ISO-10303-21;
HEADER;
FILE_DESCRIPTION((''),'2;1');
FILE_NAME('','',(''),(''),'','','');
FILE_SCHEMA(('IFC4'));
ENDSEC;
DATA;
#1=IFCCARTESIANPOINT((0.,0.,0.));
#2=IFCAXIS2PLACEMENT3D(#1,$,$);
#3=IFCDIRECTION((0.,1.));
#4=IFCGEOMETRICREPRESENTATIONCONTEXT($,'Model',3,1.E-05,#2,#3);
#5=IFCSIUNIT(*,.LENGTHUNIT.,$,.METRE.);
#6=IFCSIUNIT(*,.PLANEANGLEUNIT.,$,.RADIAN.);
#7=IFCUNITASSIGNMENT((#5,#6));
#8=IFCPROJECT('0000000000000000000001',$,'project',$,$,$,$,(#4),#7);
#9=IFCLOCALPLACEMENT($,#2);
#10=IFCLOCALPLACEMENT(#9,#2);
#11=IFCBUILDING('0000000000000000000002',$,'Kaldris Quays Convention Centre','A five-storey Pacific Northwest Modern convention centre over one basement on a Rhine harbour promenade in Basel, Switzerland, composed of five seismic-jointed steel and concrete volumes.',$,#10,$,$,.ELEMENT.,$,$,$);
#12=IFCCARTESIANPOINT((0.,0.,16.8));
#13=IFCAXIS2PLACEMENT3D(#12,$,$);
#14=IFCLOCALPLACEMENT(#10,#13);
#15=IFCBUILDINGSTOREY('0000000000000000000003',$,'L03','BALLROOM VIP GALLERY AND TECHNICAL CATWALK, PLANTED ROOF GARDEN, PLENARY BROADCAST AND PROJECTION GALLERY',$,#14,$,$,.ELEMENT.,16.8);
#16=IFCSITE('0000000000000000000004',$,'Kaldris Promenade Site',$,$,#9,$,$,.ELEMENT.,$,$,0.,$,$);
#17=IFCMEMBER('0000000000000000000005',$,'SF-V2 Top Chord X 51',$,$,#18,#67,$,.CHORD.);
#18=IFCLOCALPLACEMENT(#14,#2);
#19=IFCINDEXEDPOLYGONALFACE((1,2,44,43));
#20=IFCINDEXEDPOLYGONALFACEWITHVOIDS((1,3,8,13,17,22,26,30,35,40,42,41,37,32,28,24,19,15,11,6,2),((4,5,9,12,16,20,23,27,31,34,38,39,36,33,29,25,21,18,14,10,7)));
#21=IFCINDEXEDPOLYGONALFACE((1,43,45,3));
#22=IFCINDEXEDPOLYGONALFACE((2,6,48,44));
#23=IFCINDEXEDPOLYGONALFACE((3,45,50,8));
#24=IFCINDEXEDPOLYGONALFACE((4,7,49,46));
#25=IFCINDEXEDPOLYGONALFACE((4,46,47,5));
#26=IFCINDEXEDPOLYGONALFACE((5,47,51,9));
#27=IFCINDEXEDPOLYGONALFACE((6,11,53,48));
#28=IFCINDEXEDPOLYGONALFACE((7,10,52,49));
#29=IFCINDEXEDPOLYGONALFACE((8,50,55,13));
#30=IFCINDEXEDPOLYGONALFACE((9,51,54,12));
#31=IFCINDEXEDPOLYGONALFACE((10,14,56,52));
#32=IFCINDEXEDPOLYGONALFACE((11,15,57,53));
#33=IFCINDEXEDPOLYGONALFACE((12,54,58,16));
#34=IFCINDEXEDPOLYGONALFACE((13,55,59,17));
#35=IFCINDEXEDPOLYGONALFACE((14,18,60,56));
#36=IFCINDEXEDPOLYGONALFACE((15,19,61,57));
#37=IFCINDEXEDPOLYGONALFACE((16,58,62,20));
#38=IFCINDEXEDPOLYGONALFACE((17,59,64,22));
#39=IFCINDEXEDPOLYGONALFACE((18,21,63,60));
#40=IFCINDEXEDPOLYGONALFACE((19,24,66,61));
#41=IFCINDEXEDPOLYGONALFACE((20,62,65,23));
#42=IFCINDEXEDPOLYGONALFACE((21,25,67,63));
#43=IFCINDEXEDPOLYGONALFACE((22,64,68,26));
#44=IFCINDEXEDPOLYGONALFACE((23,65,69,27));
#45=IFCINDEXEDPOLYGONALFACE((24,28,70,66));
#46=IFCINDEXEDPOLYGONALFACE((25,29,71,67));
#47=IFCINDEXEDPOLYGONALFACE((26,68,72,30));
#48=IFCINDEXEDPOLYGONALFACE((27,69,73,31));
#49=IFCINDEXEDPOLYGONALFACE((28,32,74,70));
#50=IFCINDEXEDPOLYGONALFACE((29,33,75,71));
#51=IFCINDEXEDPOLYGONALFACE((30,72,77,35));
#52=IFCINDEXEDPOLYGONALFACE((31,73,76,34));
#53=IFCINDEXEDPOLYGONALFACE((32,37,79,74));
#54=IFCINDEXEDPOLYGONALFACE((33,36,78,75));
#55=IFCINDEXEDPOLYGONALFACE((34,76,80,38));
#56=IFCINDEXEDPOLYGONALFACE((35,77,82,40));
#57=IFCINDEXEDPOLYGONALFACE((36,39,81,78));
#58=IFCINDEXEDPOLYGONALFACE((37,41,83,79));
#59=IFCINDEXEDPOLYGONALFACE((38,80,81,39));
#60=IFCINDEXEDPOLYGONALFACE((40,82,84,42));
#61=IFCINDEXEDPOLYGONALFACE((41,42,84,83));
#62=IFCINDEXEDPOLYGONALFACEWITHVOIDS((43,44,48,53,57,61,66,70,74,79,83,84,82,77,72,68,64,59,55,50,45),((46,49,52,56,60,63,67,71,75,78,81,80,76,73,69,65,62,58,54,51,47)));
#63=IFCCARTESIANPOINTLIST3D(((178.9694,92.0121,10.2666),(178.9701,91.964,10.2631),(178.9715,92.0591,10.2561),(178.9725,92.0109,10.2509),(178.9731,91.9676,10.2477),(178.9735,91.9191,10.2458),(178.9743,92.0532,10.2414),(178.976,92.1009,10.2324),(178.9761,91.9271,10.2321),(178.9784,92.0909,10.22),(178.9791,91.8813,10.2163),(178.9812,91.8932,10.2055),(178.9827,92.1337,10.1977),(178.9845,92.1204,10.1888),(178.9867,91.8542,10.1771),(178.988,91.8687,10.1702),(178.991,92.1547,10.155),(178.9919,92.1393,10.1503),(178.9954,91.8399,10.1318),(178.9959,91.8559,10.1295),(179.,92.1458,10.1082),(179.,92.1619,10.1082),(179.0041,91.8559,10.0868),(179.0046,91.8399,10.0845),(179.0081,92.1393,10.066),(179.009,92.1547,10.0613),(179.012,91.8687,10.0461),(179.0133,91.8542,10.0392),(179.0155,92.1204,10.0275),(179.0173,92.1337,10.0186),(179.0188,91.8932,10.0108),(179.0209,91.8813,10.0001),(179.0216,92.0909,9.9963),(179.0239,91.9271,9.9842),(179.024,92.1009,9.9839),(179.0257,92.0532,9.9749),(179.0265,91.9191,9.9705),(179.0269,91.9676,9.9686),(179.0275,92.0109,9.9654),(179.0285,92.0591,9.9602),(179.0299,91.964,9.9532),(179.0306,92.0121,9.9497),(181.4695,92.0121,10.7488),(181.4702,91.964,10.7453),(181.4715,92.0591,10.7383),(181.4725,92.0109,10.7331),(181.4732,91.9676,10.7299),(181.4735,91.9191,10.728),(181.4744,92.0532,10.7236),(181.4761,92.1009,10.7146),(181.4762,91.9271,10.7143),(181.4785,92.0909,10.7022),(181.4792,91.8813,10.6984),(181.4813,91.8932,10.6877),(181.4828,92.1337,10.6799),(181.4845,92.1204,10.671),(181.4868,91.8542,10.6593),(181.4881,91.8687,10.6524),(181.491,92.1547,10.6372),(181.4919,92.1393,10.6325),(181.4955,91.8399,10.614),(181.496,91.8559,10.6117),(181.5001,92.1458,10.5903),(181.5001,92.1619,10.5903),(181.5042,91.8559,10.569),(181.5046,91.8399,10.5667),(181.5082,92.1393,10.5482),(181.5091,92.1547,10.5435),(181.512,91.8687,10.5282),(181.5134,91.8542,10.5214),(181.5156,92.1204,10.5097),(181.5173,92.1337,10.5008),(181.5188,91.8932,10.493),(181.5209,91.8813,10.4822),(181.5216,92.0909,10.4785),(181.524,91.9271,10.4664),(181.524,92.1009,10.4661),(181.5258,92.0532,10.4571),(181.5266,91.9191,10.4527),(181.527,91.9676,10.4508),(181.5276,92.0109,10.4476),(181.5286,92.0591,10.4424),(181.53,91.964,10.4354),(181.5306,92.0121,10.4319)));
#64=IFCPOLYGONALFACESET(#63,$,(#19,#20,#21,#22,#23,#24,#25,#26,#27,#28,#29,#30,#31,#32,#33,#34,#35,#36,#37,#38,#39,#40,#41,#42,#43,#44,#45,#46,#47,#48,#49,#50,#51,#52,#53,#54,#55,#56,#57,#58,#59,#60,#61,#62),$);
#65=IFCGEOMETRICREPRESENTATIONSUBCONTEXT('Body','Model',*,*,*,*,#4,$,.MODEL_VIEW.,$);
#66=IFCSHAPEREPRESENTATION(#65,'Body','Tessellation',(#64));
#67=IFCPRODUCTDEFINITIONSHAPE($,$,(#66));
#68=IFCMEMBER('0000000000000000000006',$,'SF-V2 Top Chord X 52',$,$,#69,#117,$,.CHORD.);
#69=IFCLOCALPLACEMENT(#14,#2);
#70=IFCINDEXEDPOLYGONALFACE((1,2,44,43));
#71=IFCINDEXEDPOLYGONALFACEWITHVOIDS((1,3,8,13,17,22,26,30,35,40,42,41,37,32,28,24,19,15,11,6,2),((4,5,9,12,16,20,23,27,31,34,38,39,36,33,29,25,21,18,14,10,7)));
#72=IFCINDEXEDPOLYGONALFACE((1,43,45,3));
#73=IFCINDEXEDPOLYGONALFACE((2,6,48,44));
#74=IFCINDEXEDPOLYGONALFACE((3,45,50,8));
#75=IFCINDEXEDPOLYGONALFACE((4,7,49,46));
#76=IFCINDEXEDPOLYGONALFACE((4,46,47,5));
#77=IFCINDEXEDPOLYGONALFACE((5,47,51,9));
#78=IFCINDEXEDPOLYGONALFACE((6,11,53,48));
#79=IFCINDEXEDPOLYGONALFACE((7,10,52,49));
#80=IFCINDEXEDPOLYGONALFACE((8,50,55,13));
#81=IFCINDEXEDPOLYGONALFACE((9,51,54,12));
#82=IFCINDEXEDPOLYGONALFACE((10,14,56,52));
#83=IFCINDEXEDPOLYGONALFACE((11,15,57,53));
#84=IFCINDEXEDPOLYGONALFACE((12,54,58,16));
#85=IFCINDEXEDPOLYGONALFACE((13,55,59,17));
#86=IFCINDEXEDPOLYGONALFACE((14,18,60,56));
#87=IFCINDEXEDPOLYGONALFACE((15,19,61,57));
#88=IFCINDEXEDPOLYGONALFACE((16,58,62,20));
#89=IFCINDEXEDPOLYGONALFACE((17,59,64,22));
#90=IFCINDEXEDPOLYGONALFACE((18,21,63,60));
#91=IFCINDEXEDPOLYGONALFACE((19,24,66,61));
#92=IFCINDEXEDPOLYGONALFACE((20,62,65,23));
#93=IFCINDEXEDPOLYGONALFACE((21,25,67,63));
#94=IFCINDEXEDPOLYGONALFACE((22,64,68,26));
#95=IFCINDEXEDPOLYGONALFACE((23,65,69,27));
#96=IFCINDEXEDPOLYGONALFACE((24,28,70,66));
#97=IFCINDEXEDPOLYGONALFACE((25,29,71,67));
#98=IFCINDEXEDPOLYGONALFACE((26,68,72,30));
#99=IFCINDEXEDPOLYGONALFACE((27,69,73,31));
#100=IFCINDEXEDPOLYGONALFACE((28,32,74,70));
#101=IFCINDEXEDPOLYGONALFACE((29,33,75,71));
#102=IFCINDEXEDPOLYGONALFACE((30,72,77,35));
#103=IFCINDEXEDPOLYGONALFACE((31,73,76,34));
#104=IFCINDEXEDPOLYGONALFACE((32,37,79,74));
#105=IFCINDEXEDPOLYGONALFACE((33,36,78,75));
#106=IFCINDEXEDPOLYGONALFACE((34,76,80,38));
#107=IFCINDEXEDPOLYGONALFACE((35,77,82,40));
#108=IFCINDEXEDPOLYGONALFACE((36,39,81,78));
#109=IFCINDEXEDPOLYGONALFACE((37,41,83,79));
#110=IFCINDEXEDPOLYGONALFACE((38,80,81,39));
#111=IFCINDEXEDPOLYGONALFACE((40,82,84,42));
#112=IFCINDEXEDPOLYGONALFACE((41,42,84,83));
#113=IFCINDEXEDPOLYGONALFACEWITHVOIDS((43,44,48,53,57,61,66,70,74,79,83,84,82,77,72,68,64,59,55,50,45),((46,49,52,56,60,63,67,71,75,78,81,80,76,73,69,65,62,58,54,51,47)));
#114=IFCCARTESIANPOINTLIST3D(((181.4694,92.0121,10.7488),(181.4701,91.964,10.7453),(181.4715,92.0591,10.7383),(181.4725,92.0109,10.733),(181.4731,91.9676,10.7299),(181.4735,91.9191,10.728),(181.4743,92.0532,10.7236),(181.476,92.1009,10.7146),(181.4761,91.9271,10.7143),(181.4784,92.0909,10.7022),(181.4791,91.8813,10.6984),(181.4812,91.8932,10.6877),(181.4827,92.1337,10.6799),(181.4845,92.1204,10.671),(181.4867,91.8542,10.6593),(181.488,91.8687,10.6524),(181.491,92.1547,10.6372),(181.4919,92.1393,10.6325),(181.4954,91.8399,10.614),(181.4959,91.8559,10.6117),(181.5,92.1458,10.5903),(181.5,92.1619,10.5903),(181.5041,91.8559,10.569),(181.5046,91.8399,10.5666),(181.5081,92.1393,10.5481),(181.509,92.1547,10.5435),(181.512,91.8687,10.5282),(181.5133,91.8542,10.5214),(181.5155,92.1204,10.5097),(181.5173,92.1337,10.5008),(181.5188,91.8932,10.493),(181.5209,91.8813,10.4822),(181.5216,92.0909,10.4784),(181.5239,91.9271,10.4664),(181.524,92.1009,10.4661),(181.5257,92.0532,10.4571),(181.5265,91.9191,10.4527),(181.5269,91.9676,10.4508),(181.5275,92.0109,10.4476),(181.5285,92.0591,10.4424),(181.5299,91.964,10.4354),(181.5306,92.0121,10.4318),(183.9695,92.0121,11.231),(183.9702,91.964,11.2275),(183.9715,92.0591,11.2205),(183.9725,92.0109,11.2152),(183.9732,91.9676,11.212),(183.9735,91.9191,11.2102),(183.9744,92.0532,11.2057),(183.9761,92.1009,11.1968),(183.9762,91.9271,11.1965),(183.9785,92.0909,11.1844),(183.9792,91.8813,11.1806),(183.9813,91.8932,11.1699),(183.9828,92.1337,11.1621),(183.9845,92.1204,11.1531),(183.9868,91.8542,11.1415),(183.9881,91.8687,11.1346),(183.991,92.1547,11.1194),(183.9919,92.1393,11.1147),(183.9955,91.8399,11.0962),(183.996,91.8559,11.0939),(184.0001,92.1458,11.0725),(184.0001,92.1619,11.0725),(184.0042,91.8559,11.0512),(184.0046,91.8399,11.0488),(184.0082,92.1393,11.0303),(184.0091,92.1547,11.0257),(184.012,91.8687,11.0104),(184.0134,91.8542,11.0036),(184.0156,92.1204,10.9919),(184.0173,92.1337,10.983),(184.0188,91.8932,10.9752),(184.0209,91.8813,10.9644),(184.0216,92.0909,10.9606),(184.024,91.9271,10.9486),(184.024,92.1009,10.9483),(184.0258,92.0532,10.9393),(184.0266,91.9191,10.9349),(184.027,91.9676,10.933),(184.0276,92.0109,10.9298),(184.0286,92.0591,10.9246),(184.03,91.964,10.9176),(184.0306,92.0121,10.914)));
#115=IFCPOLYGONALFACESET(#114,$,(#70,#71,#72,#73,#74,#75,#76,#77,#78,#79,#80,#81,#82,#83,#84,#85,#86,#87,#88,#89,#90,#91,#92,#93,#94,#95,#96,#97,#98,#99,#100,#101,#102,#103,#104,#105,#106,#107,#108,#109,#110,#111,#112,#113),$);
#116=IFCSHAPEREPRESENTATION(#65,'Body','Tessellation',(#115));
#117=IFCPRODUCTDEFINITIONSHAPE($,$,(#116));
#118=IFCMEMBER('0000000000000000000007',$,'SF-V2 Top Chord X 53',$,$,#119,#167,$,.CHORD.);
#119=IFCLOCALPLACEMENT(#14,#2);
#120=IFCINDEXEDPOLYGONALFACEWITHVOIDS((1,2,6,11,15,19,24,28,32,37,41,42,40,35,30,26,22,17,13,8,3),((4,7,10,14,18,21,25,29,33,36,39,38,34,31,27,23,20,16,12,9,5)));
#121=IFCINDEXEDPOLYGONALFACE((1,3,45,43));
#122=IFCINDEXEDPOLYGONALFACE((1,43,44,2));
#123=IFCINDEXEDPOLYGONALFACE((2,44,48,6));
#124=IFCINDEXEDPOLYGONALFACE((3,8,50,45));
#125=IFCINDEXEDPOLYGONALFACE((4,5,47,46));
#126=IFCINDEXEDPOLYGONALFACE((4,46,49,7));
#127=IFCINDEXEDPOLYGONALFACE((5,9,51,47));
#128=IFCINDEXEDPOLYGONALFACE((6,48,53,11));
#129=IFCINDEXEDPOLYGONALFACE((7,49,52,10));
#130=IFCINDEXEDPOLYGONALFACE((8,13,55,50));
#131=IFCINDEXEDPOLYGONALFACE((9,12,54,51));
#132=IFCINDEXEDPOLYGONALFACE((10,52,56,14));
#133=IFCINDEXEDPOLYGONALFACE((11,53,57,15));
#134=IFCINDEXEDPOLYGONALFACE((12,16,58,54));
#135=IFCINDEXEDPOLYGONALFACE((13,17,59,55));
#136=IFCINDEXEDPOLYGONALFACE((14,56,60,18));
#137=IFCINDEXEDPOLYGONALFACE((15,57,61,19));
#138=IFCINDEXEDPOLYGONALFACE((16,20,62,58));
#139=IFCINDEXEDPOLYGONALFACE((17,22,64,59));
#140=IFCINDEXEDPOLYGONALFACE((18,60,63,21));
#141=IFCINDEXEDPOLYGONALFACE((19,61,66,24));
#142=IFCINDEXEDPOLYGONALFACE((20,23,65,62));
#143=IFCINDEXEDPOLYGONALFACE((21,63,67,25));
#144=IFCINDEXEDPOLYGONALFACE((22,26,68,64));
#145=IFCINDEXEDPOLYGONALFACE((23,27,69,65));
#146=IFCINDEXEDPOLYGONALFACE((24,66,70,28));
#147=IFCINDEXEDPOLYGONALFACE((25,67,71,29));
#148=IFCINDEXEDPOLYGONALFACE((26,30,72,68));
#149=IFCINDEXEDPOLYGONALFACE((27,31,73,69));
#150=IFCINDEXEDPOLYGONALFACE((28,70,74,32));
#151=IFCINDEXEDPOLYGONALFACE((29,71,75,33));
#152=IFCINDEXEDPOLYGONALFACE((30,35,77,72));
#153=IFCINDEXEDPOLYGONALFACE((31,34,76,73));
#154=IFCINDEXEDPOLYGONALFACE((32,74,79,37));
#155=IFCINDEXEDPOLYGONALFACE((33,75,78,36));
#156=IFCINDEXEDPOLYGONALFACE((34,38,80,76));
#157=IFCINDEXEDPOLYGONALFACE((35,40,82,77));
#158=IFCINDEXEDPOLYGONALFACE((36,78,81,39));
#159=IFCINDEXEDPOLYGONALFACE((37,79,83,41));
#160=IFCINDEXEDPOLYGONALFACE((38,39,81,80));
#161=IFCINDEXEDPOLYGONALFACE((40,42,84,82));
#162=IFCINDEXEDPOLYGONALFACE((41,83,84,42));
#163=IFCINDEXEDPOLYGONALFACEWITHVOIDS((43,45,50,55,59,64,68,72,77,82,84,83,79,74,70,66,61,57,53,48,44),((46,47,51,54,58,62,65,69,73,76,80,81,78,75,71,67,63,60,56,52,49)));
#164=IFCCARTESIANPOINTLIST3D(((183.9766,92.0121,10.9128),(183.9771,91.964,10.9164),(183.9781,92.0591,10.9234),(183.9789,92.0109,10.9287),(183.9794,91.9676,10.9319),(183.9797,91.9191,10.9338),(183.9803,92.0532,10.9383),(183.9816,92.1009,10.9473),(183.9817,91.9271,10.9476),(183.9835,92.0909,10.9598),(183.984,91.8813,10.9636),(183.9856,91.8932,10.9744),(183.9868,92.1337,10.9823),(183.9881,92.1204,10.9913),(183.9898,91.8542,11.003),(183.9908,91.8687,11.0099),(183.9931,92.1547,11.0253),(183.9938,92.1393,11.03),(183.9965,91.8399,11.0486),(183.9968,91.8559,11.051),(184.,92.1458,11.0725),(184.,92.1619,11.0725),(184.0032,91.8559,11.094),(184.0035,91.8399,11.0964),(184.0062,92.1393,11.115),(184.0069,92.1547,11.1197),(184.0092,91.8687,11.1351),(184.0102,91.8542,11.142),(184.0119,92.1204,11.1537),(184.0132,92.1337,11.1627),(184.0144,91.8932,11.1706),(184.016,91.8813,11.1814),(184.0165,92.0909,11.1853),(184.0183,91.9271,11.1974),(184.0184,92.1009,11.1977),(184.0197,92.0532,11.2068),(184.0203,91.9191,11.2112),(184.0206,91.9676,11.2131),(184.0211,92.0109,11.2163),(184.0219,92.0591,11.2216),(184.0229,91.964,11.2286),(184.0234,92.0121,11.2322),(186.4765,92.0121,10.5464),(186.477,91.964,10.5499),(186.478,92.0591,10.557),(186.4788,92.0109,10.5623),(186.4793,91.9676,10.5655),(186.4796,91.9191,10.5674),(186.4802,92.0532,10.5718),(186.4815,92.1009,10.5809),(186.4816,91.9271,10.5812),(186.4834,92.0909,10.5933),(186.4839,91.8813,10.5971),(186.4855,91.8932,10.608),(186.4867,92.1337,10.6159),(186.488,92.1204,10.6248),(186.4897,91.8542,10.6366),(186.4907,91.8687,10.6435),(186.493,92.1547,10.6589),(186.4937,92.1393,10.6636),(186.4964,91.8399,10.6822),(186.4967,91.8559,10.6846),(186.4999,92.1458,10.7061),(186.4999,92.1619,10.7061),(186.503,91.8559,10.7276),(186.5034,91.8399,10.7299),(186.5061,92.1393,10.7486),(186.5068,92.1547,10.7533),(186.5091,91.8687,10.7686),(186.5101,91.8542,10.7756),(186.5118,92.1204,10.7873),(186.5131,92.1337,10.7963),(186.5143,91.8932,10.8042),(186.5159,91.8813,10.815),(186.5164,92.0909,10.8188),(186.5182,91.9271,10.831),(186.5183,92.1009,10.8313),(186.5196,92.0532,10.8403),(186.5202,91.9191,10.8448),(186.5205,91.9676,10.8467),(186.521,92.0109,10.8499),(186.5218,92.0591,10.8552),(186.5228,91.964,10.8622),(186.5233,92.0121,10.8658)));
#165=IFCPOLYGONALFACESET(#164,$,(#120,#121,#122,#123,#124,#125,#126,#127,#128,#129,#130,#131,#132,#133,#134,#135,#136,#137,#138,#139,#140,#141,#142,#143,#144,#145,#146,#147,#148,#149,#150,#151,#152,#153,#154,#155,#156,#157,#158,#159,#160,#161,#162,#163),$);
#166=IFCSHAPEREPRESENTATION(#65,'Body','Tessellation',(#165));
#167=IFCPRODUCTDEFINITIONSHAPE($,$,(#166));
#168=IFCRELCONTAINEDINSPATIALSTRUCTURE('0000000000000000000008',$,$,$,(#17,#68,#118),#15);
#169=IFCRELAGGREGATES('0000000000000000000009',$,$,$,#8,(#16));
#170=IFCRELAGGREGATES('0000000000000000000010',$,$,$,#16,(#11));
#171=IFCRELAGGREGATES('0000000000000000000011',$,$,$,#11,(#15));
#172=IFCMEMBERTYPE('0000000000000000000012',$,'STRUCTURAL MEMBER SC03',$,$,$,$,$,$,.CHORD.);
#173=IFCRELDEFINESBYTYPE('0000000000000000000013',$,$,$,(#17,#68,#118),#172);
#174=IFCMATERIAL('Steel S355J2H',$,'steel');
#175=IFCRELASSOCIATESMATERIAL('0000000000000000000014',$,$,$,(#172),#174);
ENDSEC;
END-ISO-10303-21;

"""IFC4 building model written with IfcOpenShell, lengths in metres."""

from ifc_helpers import new_model, si_unit, direction, frame, origin, origin_2d, place, context, subcontext, project, spatial, hollow_circle, extrude, material, material_profile, profile_set, type_object, element, save


model = new_model("IFC4")

# Units and contexts
model_context = context("Model", 3, precision=1e-05, world=origin(), true_north=direction((0.0, 1.0)))
body_context = subcontext(model_context, "Body", "Model", "MODEL_VIEW")
ifc_project = project(units=[si_unit("LENGTHUNIT", "METRE"), si_unit("PLANEANGLEUNIT", "RADIAN")], contexts=[model_context])

# Site, building, storey
site_placement = place(None, origin())
site = spatial("IfcSite", under=ifc_project, at=site_placement, Name="Kaldris Promenade Site", CompositionType="ELEMENT", RefElevation=0.0)
building_placement = place(site_placement, origin())
building = spatial("IfcBuilding", under=site, at=building_placement, Name="Kaldris Quays Convention Centre", Description="A five-storey Pacific Northwest Modern convention centre over one basement on a Rhine harbour promenade in Basel, Switzerland, composed of five seismic-jointed steel and concrete volumes.", CompositionType="ELEMENT")
storey_placement = place(building_placement, frame((0.0, 0.0, 16.8)))
storey = spatial("IfcBuildingStorey", under=building, at=storey_placement, Name="L03", Description="BALLROOM VIP GALLERY AND TECHNICAL CATWALK, PLANTED ROOF GARDEN, PLENARY BROADCAST AND PROJECTION GALLERY", CompositionType="ELEMENT", Elevation=16.8)

# Members
ifc_material_1 = material(Name="Steel S355J2H", Category="steel")
ifc_material_profile_1 = material_profile(ifc_material_1, hollow_circle(Radius=0.1619, WallThickness=0.0161, at=origin_2d()), Name="CHS 323.9x16")
ifc_profile_set_1 = profile_set([ifc_material_profile_1], Name="Steel S355J2H")
member_type_1 = type_object("IfcMemberType", Name="STRUCTURAL MEMBER SC03", PredefinedType="CHORD", material=ifc_profile_set_1)
for number, where, z_axis, x_axis, name in (
    (1, (179.0, 92.0, 10.1082), (0.981904, 0.0, 0.189381), (0.0, 1.0, 0.0), "SF-V2 Top Chord X 51"),
    (2, (181.5, 92.0, 10.5903), (0.981904, 0.0, 0.189381), (0.0, 1.0, 0.0), "SF-V2 Top Chord X 52"),
):
    element("IfcMember", number, at=place(storey_placement, frame(where, z_axis=z_axis, x_axis=x_axis)), inside=storey, type_object=member_type_1, Name=name, PredefinedType="CHORD", context=body_context, shape_type="SweptSolid", body=[
        extrude(hollow_circle(Radius=0.1619, WallThickness=0.0161, at=origin_2d()), origin(), (0.0, 0.0, 1.0), 2.5461),
    ])
member_1_placement = place(storey_placement, frame((184.0, 92.0, 11.0725), z_axis=(0.989427, 0.0, -0.145032), x_axis=(0.0, 1.0, 0.0)))
element("IfcMember", 3, at=member_1_placement, inside=storey, type_object=member_type_1, Name="SF-V2 Top Chord X 53", PredefinedType="CHORD", context=body_context, shape_type="SweptSolid", body=[
    extrude(hollow_circle(Radius=0.1619, WallThickness=0.0161, at=origin_2d()), origin(), (0.0, 0.0, 1.0), 2.5266),
])

save(model, "model.ifc")
